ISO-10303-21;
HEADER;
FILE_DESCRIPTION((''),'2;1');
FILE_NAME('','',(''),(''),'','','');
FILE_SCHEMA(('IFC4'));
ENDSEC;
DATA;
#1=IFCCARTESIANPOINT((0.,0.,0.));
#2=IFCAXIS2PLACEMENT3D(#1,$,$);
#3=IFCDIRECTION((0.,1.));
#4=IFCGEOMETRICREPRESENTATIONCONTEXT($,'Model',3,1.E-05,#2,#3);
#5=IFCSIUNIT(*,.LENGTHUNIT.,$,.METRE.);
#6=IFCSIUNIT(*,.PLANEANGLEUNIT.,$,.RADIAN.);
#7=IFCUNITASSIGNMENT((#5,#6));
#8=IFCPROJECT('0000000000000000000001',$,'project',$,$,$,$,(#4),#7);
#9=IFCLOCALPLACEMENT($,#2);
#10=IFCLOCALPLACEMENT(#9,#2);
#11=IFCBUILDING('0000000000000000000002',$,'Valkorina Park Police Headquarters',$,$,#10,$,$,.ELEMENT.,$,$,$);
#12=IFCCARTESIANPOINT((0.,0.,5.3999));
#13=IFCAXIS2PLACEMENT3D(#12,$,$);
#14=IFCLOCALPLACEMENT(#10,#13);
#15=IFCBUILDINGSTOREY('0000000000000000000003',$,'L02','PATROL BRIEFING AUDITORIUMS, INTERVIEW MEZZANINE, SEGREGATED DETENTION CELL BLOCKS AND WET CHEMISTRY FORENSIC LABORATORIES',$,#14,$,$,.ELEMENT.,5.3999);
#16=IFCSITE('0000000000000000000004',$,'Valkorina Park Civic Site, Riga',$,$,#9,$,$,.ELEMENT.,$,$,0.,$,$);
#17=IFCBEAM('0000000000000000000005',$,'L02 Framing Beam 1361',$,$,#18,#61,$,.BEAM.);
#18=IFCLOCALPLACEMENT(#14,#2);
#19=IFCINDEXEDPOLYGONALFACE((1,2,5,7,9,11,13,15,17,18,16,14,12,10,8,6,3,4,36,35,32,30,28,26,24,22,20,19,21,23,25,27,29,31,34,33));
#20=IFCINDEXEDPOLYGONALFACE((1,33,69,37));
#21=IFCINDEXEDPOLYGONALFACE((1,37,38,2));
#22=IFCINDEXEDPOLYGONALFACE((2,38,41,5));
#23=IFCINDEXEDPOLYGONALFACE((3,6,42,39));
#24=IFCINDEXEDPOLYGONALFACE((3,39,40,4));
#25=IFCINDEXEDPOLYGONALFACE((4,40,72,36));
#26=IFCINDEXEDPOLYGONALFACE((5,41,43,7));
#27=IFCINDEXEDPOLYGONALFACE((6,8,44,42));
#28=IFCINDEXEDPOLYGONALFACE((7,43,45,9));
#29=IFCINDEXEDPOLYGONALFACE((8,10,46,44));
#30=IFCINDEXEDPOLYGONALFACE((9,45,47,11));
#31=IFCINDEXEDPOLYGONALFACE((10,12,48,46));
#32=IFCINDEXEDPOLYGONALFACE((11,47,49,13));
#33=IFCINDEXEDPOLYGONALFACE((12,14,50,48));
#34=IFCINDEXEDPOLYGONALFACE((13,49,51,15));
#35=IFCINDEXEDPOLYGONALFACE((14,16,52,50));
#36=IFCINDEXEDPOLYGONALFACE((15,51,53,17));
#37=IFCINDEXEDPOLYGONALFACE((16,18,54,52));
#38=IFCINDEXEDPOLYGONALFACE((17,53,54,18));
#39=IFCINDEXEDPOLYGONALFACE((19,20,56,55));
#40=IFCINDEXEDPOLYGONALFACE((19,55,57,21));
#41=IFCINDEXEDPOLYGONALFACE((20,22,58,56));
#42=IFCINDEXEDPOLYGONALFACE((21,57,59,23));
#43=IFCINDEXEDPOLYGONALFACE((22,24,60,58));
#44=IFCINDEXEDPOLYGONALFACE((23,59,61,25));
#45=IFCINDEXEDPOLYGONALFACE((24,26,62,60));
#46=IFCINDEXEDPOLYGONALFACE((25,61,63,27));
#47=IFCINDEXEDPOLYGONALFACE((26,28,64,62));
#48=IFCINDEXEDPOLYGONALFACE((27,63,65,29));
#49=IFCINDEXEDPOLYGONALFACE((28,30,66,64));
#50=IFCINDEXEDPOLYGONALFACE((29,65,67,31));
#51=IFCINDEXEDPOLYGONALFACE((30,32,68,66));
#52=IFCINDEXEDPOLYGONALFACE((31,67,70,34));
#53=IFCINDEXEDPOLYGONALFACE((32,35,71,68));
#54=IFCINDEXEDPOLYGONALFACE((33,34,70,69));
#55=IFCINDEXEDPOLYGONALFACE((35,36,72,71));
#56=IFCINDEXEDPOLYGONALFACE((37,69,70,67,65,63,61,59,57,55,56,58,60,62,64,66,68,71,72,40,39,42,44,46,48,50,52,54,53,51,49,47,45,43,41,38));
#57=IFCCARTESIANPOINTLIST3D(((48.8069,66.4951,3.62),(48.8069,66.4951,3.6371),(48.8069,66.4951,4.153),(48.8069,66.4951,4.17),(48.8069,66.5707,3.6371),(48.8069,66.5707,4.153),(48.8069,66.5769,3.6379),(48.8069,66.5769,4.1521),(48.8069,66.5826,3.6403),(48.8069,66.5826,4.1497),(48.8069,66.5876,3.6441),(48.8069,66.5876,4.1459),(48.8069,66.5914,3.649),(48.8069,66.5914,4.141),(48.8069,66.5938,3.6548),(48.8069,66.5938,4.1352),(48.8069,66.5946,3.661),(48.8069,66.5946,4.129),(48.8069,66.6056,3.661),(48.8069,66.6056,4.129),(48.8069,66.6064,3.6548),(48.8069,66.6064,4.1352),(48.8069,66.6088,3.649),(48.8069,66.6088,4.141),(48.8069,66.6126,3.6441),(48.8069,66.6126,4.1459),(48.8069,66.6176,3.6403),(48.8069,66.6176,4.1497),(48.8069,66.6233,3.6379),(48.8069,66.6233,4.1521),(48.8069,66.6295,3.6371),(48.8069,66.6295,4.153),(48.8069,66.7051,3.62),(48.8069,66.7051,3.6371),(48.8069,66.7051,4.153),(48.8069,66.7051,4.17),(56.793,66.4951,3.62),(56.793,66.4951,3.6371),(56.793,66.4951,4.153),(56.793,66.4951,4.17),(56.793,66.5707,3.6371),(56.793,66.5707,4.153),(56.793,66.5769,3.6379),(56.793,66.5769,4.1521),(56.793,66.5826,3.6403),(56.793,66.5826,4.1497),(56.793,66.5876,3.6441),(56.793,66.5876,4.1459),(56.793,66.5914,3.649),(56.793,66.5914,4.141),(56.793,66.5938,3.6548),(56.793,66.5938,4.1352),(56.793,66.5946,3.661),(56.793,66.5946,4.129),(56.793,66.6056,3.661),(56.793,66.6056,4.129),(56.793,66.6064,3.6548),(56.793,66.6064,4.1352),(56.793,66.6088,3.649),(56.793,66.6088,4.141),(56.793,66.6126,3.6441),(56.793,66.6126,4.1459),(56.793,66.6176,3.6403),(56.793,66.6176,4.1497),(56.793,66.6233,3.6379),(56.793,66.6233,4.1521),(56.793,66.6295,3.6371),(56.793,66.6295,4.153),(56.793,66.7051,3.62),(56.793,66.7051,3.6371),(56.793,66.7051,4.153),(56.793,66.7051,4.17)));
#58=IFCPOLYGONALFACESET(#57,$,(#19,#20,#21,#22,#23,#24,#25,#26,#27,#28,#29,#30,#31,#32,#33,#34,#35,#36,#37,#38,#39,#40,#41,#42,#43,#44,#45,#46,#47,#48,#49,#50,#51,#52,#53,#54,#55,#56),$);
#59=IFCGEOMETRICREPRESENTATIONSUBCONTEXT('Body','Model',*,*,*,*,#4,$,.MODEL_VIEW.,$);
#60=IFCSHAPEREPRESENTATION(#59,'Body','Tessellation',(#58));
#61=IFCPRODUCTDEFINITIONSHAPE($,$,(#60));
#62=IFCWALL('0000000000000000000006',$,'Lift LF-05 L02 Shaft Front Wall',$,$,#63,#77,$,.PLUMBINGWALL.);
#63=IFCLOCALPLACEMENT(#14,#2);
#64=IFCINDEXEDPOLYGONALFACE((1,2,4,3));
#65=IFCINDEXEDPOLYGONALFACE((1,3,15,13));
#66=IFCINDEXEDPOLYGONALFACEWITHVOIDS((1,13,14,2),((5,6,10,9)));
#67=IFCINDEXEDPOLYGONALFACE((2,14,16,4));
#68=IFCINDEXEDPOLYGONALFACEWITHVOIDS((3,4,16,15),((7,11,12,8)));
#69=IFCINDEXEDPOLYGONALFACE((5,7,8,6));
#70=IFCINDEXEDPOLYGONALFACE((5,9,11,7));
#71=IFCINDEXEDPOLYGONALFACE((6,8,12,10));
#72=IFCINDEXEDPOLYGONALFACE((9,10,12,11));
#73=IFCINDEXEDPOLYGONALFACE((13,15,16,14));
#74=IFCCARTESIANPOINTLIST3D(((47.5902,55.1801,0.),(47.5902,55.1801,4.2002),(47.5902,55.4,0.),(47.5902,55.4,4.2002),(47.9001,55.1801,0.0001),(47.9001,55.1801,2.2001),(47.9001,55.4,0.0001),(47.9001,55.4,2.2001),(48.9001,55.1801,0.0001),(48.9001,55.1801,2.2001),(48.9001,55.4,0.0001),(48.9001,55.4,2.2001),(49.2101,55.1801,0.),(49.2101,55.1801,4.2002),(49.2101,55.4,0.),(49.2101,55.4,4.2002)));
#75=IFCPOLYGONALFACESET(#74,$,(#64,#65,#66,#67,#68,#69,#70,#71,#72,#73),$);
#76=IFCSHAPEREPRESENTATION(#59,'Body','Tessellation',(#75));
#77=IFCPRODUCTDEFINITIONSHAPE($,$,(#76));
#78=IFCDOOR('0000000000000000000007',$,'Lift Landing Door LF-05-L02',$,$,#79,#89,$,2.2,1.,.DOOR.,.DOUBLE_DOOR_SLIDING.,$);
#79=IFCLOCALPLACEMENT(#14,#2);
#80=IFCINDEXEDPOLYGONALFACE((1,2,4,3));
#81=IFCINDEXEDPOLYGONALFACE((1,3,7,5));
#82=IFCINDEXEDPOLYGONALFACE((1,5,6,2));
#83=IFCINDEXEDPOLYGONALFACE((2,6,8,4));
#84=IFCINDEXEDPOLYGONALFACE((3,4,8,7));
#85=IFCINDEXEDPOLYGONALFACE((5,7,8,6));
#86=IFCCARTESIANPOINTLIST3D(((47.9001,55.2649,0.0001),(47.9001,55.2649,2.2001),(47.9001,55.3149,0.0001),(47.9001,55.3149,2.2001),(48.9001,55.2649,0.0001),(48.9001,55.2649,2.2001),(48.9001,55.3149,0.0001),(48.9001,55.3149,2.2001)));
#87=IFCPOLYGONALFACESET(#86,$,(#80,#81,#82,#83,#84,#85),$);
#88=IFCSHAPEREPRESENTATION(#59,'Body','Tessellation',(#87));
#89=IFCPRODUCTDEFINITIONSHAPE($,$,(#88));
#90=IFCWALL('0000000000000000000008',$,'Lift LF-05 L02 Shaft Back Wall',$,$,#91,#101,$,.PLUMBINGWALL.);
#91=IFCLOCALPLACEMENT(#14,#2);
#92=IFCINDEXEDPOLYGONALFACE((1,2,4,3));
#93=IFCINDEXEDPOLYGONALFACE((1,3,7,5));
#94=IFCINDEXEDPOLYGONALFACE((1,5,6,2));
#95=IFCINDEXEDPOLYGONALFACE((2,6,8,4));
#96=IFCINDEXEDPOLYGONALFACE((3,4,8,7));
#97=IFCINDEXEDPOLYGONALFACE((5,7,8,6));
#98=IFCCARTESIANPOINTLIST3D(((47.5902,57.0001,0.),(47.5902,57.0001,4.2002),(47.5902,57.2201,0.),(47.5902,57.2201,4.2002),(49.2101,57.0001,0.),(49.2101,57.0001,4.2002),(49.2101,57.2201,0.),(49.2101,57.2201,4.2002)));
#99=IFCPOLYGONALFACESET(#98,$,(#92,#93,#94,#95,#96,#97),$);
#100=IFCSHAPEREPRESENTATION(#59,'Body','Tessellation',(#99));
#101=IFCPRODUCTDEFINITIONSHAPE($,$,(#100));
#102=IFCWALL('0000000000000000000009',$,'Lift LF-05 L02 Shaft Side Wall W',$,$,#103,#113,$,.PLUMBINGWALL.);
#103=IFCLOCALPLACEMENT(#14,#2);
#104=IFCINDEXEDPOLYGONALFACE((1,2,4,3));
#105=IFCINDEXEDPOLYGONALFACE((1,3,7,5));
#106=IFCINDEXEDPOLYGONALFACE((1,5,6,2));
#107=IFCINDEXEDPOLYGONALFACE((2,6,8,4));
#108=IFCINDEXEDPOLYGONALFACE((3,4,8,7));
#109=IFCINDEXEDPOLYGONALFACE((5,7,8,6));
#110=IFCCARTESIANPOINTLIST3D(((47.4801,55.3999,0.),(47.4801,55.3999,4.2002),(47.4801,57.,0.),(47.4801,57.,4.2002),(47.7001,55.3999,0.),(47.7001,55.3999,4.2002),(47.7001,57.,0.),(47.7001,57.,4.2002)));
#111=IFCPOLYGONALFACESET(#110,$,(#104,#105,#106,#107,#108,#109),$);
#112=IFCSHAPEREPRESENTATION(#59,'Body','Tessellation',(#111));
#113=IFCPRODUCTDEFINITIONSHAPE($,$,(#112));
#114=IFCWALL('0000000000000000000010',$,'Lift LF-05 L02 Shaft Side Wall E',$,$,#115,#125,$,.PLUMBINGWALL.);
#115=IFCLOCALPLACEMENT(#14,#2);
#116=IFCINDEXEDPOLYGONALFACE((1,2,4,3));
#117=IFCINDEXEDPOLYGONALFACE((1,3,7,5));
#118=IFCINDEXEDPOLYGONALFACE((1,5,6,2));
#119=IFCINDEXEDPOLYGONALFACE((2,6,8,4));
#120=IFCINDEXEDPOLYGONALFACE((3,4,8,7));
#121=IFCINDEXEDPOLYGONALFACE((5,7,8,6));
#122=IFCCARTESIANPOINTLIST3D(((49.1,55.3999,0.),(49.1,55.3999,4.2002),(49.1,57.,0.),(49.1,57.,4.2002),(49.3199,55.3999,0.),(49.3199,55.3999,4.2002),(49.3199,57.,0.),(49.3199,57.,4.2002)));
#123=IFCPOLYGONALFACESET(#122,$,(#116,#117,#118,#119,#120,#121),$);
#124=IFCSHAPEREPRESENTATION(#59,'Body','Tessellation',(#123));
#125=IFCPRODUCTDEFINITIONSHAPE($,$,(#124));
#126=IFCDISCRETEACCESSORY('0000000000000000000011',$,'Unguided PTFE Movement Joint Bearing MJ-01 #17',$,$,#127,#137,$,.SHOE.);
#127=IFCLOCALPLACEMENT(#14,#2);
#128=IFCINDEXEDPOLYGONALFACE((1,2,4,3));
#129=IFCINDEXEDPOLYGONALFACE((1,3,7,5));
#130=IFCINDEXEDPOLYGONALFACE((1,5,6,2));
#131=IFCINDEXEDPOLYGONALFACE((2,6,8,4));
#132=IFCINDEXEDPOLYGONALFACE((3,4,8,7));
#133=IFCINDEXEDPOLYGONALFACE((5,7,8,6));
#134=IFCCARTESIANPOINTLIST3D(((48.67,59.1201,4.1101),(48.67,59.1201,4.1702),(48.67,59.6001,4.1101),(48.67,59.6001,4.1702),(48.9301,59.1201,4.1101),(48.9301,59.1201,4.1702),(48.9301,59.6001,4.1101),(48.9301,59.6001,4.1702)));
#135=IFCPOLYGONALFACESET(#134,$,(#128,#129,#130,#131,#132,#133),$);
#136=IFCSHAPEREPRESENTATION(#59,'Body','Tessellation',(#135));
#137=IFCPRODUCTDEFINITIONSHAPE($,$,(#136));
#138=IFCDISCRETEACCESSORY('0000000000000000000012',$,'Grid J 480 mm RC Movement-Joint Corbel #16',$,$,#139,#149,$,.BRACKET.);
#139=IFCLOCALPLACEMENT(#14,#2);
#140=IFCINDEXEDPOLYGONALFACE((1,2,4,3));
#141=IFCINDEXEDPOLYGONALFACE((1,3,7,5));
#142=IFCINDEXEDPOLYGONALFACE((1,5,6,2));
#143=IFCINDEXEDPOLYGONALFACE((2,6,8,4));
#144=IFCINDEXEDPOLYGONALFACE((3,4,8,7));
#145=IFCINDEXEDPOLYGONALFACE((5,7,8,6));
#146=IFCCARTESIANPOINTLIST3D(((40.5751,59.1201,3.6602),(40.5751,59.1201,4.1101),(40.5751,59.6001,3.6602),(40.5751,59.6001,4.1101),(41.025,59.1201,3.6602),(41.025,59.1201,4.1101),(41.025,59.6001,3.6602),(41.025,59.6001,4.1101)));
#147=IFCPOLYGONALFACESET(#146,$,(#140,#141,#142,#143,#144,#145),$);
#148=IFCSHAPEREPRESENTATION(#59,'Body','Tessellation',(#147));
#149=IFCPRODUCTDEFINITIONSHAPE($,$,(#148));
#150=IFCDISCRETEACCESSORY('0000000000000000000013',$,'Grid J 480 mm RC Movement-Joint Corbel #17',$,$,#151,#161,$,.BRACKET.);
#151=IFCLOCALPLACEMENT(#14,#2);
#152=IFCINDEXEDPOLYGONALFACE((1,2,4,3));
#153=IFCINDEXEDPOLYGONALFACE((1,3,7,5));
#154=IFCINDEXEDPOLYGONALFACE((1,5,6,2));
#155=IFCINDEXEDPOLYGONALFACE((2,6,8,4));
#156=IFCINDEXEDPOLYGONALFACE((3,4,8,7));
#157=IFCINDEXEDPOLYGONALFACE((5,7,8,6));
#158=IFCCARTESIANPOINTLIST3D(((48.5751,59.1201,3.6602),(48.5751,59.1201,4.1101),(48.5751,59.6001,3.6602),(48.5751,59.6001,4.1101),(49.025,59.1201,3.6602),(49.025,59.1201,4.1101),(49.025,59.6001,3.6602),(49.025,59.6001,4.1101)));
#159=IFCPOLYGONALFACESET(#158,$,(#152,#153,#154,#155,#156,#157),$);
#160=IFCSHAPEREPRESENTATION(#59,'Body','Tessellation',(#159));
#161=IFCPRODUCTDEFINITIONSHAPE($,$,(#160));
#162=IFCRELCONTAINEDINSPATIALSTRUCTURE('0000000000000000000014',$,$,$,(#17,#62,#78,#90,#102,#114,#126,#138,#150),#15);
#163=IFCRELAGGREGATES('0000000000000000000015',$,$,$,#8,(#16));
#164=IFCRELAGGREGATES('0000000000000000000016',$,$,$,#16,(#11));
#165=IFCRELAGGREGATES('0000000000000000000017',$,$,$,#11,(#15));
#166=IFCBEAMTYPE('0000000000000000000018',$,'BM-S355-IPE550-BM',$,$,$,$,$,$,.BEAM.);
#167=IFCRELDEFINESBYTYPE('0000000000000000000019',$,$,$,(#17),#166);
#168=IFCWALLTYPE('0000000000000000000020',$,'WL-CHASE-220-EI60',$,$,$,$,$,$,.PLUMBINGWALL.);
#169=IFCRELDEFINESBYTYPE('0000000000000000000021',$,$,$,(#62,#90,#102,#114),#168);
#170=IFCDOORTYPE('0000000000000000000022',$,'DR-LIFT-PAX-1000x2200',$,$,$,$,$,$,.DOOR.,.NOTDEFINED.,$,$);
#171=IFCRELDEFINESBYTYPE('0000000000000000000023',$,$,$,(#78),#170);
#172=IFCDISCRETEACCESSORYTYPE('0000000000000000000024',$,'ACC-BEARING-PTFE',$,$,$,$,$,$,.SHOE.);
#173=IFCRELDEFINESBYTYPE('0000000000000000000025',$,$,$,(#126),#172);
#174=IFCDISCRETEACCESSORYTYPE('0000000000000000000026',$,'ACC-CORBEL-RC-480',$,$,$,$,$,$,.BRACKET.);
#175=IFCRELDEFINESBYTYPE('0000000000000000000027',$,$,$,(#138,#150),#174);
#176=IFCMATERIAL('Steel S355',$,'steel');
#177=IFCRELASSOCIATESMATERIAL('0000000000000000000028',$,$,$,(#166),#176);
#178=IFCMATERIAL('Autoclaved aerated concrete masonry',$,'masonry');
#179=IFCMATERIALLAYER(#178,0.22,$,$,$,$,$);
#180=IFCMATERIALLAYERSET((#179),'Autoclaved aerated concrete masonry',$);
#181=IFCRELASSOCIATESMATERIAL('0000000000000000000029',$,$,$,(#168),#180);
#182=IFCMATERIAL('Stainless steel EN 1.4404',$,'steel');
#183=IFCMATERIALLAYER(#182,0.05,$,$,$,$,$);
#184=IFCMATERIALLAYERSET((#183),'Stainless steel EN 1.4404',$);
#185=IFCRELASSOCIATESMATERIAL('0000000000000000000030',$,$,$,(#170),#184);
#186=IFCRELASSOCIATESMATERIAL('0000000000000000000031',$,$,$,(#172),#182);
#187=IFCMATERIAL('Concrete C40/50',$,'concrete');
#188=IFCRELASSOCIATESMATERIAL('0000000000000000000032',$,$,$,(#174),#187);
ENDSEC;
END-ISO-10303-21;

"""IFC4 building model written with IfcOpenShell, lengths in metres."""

from ifc_helpers import new_model, si_unit, direction, frame, frame_2d, origin, origin_2d, place, context, subcontext, project, spatial, rectangle, i_section, extrude, material, layer, layer_set, material_profile, profile_set, type_object, element, fill, save


model = new_model("IFC4")

# Units and contexts
model_context = context("Model", 3, precision=1e-05, world=origin(), true_north=direction((0.0, 1.0)))
body_context = subcontext(model_context, "Body", "Model", "MODEL_VIEW")
ifc_project = project(units=[si_unit("LENGTHUNIT", "METRE"), si_unit("PLANEANGLEUNIT", "RADIAN")], contexts=[model_context])

# Site, building, storey
site_placement = place(None, origin())
site = spatial("IfcSite", under=ifc_project, at=site_placement, Name="Valkorina Park Civic Site, Riga", CompositionType="ELEMENT", RefElevation=0.0)
building_placement = place(site_placement, origin())
building = spatial("IfcBuilding", under=site, at=building_placement, Name="Valkorina Park Police Headquarters", CompositionType="ELEMENT")
storey_placement = place(building_placement, frame((0.0, 0.0, 5.3999)))
storey = spatial("IfcBuildingStorey", under=building, at=storey_placement, Name="L02", Description="PATROL BRIEFING AUDITORIUMS, INTERVIEW MEZZANINE, SEGREGATED DETENTION CELL BLOCKS AND WET CHEMISTRY FORENSIC LABORATORIES", CompositionType="ELEMENT", Elevation=5.3999)

# Shared definitions
ifc_material_1 = material(Name="Steel S355", Category="steel")

# Beam
ifc_material_profile_1 = material_profile(ifc_material_1, i_section(OverallWidth=0.21, OverallDepth=0.55, WebThickness=0.011, FlangeThickness=0.0171, FilletRadius=0.0239, at=origin_2d()), Name="IPE 550")
ifc_profile_set_1 = profile_set([ifc_material_profile_1], Name="Steel S355")
beam_type_1 = type_object("IfcBeamType", Name="BM-S355-IPE550-BM", PredefinedType="BEAM", material=ifc_profile_set_1)
for number, where, z_axis, x_axis, name in (
    (1, (48.8069, 66.6001, 3.895), (1.0, 0.0, 0.0), (0.0, 1.0, 0.0), "L02 Framing Beam 1361"),
):
    element("IfcBeam", number, at=place(storey_placement, frame(where, z_axis=z_axis, x_axis=x_axis)), inside=storey, type_object=beam_type_1, Name=name, PredefinedType="BEAM", context=body_context, shape_type="SweptSolid", body=[
        extrude(i_section(OverallWidth=0.21, OverallDepth=0.55, WebThickness=0.011, FlangeThickness=0.0171, FilletRadius=0.0239, at=origin_2d()), origin(), (0.0, 0.0, 1.0), 7.9861),
    ])

# Wall, opening, door
ifc_material_2 = material(Name="Autoclaved aerated concrete masonry", Category="masonry")
ifc_layer_1 = layer(ifc_material_2, 0.22)
ifc_layer_set_1 = layer_set([ifc_layer_1], Name="Autoclaved aerated concrete masonry")
wall_type = type_object("IfcWallType", Name="WL-CHASE-220-EI60", PredefinedType="PLUMBINGWALL", material=ifc_layer_set_1)
wall_1_placement = place(storey_placement, frame((47.5901, 55.29, 0.0), z_axis=(0.0, 0.0, 1.0), x_axis=(1.0, 0.0, 0.0)))
wall_1 = element("IfcWall", 2, at=wall_1_placement, inside=storey, type_object=wall_type, Name="Lift LF-05 L02 Shaft Front Wall", PredefinedType="PLUMBINGWALL", context=body_context, shape_type="SweptSolid", body=[
    extrude(rectangle(XDim=1.6199, YDim=0.22, at=frame_2d((0.8101, 0.0))), origin(), (0.0, 0.0, 1.0), 4.2002),
])
opening_placement = place(wall_1_placement, frame((0.3101, 0.0, 0.0)))
opening = element("IfcOpeningElement", 3, at=opening_placement, cuts=wall_1, PredefinedType="OPENING", context=body_context, shape_type="SweptSolid", body=[
    extrude(rectangle(XDim=1.0, YDim=2.2, at=frame_2d((0.5, 1.1001))), frame((0.0, 0.1201, 0.0), z_axis=(0.0, -1.0, 0.0), x_axis=(1.0, 0.0, 0.0)), (0.0, 0.0, 1.0), 0.24),
])
ifc_material_3 = material(Name="Stainless steel EN 1.4404", Category="steel")
ifc_layer_2 = layer(ifc_material_3, 0.05)
ifc_layer_set_2 = layer_set([ifc_layer_2], Name="Stainless steel EN 1.4404")
door_type = type_object("IfcDoorType", Name="DR-LIFT-PAX-1000x2200", OperationType="NOTDEFINED", PredefinedType="DOOR", material=ifc_layer_set_2)
door_placement = place(opening_placement, origin())
door = element("IfcDoor", 4, at=door_placement, inside=storey, type_object=door_type, Name="Lift Landing Door LF-05-L02", OperationType="DOUBLE_DOOR_SLIDING", OverallHeight=2.2, OverallWidth=1.0, PredefinedType="DOOR", context=body_context, shape_type="SweptSolid", body=[
    extrude(rectangle(XDim=1.0, YDim=2.2, at=frame_2d((0.5, 1.1001))), frame((0.0, 0.0249, 0.0), z_axis=(0.0, -1.0, 0.0), x_axis=(1.0, 0.0, 0.0)), (0.0, 0.0, 1.0), 0.05),
])
fill(opening, door)

# Walls
wall_2_placement = place(storey_placement, frame((47.5901, 57.1101, 0.0), z_axis=(0.0, 0.0, 1.0), x_axis=(1.0, 0.0, 0.0)))
element("IfcWall", 5, at=wall_2_placement, inside=storey, type_object=wall_type, Name="Lift LF-05 L02 Shaft Back Wall", PredefinedType="PLUMBINGWALL", context=body_context, shape_type="SweptSolid", body=[
    extrude(rectangle(XDim=1.6199, YDim=0.22, at=frame_2d((0.8101, 0.0))), origin(), (0.0, 0.0, 1.0), 4.2002),
])
for number, where, z_axis, x_axis, name in (
    (6, (47.5901, 55.3999, 0.0), (0.0, 0.0, 1.0), (0.0, 1.0, 0.0), "Lift LF-05 L02 Shaft Side Wall W"),
    (7, (49.21, 55.3999, 0.0), (0.0, 0.0, 1.0), (0.0, 1.0, 0.0), "Lift LF-05 L02 Shaft Side Wall E"),
):
    element("IfcWall", number, at=place(storey_placement, frame(where, z_axis=z_axis, x_axis=x_axis)), inside=storey, type_object=wall_type, Name=name, PredefinedType="PLUMBINGWALL", context=body_context, shape_type="SweptSolid", body=[
        extrude(rectangle(XDim=1.6001, YDim=0.22, at=frame_2d((0.8, 0.0))), origin(), (0.0, 0.0, 1.0), 4.2002),
    ])

# Discrete accessories
discrete_accessory_type_1 = type_object("IfcDiscreteAccessoryType", Name="ACC-BEARING-PTFE", PredefinedType="SHOE", material=ifc_material_3)
discrete_accessory_placement = place(storey_placement, frame((48.8, 59.3601, 4.1101), z_axis=(0.0, 0.0, 1.0), x_axis=(1.0, 0.0, 0.0)))
element("IfcDiscreteAccessory", 8, at=discrete_accessory_placement, inside=storey, type_object=discrete_accessory_type_1, Name="Unguided PTFE Movement Joint Bearing MJ-01 #17", PredefinedType="SHOE", context=body_context, shape_type="SweptSolid", body=[
    extrude(rectangle(XDim=0.26, YDim=0.48, at=origin_2d()), origin(), (0.0, 0.0, 1.0), 0.0601),
])
ifc_material_4 = material(Name="Concrete C40/50", Category="concrete")
discrete_accessory_type_2 = type_object("IfcDiscreteAccessoryType", Name="ACC-CORBEL-RC-480", PredefinedType="BRACKET", material=ifc_material_4)
for number, where, z_axis, x_axis, name in (
    (9, (40.8, 59.3601, 3.6602), (0.0, 0.0, 1.0), (1.0, 0.0, 0.0), "Grid J 480 mm RC Movement-Joint Corbel #16"),
    (10, (48.8, 59.3601, 3.6602), (0.0, 0.0, 1.0), (1.0, 0.0, 0.0), "Grid J 480 mm RC Movement-Joint Corbel #17"),
):
    element("IfcDiscreteAccessory", number, at=place(storey_placement, frame(where, z_axis=z_axis, x_axis=x_axis)), inside=storey, type_object=discrete_accessory_type_2, Name=name, PredefinedType="BRACKET", context=body_context, shape_type="SweptSolid", body=[
        extrude(rectangle(XDim=0.45, YDim=0.48, at=origin_2d()), origin(), (0.0, 0.0, 1.0), 0.45),
    ])

save(model, "model.ifc")
